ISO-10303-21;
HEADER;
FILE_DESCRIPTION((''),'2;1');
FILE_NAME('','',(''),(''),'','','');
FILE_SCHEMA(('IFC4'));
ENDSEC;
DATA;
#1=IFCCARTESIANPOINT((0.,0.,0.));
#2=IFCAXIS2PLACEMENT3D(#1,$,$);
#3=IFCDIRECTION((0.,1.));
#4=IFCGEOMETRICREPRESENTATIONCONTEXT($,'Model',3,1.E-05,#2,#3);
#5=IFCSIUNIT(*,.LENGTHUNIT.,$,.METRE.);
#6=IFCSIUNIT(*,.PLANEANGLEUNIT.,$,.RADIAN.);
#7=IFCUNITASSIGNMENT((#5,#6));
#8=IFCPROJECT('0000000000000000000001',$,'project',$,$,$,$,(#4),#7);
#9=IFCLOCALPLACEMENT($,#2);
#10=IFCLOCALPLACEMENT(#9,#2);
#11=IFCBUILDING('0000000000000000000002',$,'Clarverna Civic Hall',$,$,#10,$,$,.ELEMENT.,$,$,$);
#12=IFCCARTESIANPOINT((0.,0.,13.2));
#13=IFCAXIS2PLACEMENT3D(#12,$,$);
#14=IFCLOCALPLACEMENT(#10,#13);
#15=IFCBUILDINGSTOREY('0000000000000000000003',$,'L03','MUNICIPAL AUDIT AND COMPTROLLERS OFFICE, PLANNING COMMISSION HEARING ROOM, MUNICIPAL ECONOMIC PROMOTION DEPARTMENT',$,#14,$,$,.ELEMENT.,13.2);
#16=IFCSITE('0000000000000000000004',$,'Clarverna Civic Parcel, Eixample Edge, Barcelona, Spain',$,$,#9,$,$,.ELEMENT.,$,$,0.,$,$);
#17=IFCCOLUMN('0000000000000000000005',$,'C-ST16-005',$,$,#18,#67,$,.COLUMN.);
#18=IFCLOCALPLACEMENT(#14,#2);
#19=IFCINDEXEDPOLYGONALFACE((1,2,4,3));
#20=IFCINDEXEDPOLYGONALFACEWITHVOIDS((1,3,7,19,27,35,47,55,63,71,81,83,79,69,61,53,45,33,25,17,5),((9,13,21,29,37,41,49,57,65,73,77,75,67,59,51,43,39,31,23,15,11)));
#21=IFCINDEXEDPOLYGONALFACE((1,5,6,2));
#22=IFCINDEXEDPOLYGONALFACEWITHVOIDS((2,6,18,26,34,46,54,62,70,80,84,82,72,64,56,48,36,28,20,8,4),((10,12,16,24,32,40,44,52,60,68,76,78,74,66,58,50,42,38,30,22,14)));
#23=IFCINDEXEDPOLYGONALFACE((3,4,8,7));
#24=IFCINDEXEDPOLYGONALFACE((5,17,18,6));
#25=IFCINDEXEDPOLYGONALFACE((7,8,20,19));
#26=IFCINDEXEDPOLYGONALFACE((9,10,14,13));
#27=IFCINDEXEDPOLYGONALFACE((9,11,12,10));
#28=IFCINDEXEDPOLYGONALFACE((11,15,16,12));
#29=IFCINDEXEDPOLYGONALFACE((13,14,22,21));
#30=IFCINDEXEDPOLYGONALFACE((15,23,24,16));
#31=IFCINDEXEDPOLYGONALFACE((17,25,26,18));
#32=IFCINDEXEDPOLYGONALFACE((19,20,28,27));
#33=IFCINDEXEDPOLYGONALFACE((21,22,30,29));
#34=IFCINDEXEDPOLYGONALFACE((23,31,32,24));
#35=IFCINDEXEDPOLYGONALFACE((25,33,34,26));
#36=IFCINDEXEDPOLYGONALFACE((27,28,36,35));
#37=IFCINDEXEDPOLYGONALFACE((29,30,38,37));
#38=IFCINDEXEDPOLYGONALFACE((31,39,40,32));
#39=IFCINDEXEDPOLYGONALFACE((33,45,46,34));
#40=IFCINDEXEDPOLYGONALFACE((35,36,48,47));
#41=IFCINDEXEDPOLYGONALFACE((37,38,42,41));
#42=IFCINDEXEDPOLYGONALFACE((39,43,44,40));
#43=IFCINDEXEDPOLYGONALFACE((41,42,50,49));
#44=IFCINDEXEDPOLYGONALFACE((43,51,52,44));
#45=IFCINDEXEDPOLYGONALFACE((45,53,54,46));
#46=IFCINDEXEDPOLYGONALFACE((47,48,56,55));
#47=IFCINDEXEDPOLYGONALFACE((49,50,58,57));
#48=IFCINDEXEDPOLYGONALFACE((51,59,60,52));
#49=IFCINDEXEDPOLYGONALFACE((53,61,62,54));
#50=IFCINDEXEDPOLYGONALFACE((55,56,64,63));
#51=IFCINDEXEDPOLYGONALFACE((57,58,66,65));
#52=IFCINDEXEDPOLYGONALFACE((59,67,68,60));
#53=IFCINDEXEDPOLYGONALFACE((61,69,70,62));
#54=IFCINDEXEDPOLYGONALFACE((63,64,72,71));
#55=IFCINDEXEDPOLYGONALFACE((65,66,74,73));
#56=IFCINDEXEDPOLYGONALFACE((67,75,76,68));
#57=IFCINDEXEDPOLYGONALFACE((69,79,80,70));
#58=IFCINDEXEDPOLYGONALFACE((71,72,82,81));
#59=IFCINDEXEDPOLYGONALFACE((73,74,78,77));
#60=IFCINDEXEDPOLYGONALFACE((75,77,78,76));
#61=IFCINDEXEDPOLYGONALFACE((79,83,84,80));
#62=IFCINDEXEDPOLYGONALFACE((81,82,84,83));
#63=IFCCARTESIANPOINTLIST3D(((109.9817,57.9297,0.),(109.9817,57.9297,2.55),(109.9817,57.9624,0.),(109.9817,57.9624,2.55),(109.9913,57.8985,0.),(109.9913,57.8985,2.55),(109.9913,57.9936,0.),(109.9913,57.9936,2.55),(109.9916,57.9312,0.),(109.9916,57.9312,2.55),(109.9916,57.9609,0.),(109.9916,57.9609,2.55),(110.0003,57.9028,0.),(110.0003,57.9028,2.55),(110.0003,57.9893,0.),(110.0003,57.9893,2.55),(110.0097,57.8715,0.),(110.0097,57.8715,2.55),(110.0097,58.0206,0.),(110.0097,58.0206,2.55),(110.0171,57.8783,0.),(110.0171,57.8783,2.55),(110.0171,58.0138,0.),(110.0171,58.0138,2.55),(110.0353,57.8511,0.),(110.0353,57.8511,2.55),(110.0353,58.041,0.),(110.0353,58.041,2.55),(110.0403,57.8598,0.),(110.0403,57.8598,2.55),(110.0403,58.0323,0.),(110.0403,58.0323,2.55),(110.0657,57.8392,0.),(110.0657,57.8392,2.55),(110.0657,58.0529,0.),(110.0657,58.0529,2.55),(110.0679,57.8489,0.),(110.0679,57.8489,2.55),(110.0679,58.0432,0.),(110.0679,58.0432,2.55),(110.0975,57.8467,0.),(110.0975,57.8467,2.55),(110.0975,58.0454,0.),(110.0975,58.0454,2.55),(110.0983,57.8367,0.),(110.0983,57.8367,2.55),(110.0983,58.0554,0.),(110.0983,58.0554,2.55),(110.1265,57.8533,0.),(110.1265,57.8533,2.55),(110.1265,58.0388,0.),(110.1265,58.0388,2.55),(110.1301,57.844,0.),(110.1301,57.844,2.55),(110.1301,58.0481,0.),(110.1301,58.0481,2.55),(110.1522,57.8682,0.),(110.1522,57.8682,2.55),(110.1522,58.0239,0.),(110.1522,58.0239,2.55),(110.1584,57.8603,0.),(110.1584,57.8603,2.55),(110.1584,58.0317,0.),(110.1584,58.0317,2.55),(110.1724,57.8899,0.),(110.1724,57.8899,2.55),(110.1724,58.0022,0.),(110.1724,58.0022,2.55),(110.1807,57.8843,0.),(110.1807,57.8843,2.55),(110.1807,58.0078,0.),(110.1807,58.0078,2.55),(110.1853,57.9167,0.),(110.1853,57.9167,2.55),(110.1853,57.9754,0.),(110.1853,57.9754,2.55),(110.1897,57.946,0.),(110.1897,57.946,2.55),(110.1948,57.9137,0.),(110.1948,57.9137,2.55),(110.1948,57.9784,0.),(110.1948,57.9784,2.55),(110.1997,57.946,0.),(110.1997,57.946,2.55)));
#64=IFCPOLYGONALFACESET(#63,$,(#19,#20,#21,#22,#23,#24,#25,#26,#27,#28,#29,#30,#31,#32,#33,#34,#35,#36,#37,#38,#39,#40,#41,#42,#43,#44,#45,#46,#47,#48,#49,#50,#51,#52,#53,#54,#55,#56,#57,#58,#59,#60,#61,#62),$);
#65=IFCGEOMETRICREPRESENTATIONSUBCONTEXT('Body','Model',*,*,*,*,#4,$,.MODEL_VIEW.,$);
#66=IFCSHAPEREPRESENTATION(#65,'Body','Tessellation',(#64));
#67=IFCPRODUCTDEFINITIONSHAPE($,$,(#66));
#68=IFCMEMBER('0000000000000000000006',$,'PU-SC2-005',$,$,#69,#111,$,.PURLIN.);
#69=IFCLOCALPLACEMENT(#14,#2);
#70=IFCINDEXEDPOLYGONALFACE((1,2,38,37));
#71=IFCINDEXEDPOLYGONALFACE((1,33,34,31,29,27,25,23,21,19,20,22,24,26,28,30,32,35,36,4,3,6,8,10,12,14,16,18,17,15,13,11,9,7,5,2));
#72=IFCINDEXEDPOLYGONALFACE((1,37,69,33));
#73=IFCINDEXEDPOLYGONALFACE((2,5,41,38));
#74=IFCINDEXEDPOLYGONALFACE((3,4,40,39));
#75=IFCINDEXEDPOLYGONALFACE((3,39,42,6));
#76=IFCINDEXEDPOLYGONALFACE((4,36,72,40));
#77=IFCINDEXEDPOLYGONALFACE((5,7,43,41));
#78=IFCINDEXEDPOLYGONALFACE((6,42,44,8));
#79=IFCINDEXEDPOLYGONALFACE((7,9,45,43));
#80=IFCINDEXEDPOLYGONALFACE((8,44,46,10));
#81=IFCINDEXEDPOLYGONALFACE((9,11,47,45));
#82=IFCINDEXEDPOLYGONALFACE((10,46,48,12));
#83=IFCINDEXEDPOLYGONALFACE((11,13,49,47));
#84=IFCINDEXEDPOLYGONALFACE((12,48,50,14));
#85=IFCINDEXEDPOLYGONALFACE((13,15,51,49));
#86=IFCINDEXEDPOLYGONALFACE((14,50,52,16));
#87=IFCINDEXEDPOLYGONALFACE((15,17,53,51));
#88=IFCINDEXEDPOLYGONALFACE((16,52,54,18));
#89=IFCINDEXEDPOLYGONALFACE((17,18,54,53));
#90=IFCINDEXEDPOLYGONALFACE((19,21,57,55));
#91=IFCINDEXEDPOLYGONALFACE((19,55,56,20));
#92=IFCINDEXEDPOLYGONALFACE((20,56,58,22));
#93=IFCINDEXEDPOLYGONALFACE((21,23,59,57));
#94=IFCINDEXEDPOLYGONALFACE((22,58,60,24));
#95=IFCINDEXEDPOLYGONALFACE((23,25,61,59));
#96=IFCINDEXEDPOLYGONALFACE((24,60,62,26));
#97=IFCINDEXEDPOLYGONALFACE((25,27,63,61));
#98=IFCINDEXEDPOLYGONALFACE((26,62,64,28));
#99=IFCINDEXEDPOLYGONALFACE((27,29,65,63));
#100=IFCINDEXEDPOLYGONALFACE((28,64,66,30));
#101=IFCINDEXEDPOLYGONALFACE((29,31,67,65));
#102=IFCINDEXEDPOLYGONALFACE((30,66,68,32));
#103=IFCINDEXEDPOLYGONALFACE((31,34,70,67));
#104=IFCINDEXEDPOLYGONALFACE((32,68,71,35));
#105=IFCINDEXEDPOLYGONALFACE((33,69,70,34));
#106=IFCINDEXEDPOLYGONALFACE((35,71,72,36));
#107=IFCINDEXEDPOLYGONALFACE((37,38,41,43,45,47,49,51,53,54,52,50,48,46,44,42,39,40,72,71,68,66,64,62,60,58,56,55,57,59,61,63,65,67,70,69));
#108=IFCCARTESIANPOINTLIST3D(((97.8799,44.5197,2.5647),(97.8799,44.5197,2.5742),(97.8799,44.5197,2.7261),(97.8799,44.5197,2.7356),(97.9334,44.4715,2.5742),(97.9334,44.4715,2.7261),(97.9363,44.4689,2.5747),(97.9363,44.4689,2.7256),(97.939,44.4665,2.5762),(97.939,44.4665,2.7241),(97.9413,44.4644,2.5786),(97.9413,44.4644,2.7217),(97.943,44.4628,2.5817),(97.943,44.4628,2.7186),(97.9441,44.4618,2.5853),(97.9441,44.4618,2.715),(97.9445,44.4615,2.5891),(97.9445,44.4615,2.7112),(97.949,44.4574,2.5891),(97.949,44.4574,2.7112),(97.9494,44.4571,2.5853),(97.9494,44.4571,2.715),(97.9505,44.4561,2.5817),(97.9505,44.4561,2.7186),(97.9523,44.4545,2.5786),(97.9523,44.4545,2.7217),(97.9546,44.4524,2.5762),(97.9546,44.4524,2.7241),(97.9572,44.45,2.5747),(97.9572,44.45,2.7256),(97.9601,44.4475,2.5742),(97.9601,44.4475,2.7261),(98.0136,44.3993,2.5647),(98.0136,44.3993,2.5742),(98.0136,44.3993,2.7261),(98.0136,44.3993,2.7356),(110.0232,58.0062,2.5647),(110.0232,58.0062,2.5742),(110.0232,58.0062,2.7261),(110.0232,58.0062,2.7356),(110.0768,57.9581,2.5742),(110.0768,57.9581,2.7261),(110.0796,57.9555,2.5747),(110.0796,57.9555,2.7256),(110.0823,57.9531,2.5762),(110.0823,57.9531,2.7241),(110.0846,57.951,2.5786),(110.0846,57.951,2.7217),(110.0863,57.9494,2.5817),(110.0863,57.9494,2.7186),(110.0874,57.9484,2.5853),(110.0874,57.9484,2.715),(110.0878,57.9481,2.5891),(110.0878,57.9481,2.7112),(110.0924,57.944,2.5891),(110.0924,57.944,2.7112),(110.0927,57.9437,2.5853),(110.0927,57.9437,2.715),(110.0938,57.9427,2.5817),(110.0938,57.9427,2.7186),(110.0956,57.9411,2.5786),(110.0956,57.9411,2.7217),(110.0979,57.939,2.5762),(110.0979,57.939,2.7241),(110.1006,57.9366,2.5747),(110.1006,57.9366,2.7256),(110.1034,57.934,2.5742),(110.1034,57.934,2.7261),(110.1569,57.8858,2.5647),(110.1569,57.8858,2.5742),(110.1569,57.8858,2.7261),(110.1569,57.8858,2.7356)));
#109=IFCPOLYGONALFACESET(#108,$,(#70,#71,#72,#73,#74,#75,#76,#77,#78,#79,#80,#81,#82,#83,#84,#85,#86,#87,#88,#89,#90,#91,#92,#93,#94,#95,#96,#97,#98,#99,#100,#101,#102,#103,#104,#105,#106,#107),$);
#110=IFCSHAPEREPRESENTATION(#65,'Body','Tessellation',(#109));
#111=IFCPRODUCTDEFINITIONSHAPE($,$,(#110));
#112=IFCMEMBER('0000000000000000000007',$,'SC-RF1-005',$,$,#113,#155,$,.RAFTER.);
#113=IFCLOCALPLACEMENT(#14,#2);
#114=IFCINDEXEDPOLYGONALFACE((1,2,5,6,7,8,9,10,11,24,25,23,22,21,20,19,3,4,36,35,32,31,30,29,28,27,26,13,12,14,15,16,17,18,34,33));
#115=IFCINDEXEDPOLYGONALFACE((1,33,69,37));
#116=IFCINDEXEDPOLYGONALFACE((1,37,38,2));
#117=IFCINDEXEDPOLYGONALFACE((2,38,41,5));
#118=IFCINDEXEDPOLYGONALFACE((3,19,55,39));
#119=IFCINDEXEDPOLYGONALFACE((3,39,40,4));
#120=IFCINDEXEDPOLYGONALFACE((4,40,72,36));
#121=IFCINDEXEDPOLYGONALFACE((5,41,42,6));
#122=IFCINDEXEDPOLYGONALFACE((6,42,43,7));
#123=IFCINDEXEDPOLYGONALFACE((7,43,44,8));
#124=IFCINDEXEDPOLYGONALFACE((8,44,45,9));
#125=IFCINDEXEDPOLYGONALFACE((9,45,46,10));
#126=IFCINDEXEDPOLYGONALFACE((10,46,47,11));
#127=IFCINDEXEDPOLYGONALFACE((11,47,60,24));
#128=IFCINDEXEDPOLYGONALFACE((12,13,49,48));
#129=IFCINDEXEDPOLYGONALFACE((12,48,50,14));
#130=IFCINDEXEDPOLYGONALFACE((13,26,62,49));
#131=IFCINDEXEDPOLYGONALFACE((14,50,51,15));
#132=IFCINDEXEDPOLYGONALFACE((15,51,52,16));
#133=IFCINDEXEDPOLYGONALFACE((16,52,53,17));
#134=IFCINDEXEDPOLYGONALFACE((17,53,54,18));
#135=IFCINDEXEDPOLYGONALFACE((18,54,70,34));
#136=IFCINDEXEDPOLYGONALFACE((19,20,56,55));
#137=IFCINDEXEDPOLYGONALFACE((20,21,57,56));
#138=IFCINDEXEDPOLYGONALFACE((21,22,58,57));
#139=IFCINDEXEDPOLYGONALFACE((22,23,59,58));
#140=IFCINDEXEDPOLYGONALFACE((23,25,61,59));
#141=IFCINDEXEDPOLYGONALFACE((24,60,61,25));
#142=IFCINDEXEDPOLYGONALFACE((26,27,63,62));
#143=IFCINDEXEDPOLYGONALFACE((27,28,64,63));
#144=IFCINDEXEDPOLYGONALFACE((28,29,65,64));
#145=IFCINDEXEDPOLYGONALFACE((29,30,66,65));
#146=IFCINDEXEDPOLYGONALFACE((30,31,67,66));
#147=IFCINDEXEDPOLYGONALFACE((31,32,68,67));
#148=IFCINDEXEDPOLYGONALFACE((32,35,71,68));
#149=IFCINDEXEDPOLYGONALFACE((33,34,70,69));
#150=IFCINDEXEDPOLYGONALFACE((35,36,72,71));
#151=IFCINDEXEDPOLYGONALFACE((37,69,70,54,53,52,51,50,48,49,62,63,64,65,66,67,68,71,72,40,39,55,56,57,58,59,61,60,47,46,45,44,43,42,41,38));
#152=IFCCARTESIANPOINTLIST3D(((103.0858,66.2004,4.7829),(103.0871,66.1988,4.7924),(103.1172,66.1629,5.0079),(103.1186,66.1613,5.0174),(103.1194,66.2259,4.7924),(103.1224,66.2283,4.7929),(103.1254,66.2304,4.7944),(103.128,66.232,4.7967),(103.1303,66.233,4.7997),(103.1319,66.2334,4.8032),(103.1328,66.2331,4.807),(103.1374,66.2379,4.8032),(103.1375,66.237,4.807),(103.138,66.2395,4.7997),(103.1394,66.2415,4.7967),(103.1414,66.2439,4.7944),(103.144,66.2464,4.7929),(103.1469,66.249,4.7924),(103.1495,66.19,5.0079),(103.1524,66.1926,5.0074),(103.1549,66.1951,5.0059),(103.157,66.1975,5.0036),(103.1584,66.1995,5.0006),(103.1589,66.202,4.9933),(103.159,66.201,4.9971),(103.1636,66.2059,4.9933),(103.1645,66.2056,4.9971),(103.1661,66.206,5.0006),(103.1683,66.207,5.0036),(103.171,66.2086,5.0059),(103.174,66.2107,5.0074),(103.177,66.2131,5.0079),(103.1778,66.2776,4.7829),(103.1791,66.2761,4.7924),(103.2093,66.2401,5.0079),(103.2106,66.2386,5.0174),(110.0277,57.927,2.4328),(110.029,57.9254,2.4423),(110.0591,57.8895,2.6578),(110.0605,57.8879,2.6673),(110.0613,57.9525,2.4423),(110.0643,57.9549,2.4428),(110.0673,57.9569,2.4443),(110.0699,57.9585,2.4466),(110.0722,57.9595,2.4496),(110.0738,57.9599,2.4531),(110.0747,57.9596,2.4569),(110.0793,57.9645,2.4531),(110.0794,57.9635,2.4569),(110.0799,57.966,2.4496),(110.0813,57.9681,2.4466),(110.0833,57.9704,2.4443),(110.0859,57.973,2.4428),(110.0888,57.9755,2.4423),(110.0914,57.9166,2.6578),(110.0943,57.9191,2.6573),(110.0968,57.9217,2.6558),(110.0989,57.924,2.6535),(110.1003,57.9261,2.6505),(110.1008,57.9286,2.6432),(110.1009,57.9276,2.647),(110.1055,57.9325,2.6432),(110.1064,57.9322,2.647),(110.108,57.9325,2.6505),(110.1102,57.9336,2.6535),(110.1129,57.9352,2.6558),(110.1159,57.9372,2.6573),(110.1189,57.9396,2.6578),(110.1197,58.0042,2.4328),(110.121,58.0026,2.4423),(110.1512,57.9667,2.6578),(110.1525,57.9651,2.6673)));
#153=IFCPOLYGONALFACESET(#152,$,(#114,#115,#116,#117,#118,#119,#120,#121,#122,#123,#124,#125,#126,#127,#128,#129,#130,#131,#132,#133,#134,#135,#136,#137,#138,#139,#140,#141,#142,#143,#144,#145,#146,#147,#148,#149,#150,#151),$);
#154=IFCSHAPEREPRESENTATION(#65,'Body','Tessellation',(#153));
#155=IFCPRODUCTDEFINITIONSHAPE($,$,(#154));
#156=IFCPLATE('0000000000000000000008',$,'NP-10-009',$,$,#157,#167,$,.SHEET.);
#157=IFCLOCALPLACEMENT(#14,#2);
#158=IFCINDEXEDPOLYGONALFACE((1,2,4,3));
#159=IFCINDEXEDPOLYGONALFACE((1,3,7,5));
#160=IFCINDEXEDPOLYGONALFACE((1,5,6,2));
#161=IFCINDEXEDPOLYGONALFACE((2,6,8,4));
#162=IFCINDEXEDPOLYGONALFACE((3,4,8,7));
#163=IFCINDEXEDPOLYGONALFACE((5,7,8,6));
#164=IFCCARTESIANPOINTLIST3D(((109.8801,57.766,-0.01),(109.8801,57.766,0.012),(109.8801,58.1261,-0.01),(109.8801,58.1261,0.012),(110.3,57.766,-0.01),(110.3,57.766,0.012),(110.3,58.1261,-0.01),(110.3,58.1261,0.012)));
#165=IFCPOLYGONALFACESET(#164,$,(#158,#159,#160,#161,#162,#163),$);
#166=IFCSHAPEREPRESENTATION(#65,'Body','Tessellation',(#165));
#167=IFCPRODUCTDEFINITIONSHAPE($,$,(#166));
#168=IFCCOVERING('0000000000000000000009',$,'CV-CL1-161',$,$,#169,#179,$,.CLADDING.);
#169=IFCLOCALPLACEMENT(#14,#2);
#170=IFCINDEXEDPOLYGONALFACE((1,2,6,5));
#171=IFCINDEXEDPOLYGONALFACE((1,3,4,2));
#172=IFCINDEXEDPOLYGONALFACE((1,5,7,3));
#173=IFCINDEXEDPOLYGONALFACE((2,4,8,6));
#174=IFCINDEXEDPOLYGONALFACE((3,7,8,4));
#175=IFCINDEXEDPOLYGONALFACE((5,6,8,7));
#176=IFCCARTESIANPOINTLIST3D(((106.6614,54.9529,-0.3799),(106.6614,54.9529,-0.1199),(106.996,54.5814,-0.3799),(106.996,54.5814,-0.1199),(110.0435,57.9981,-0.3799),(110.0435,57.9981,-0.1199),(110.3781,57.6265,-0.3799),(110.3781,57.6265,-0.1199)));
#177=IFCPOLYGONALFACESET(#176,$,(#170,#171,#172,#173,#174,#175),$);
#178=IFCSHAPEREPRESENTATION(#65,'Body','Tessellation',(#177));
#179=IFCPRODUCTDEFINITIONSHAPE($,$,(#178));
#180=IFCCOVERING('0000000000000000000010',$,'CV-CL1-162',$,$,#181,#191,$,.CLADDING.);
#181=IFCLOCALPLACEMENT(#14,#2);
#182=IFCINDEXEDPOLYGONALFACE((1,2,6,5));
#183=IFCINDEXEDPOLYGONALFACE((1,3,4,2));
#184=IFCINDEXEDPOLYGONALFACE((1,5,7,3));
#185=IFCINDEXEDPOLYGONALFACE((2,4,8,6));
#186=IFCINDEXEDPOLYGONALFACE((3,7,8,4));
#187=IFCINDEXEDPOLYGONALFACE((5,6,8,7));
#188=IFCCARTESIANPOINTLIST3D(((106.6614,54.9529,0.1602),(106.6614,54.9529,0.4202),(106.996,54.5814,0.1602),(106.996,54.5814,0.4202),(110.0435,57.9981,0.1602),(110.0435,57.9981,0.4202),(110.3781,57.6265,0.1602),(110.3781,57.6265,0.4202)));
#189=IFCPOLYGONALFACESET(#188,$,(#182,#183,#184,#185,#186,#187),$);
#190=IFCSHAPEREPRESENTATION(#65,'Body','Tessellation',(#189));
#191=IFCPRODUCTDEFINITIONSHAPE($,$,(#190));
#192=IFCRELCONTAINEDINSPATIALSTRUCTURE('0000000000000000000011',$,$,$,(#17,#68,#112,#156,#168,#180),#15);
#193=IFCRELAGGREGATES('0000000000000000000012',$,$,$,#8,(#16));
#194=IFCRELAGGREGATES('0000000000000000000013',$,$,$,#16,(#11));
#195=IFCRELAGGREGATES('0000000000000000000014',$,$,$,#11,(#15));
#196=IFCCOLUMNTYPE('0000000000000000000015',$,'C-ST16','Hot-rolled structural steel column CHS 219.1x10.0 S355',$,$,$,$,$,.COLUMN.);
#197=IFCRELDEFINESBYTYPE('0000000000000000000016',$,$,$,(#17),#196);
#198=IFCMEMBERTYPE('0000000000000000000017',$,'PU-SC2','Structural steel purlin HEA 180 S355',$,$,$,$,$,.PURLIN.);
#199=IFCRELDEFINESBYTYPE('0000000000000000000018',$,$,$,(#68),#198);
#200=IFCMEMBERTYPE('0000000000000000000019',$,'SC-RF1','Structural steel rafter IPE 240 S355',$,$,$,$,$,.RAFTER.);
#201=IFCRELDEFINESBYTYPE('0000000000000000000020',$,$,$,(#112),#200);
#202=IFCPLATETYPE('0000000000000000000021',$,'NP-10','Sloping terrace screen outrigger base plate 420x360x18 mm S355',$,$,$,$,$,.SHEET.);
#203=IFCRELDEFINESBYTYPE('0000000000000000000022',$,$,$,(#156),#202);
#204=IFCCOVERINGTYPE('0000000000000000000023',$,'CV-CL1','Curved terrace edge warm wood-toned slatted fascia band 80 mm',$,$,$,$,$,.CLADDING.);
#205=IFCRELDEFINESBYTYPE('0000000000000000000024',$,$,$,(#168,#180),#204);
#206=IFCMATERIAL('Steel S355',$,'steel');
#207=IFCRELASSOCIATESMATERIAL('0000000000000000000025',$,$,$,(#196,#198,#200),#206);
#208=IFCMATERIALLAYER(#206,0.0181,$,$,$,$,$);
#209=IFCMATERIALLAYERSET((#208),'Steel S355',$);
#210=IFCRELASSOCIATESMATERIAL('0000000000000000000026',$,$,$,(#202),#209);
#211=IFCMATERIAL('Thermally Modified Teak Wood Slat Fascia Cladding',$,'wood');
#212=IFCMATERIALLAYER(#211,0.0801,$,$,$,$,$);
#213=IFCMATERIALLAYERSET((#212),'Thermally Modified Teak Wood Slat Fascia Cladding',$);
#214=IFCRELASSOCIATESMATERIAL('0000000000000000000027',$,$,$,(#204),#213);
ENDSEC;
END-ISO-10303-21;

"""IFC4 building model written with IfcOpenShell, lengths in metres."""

from ifc_helpers import new_model, si_unit, direction, frame, frame_2d, origin, origin_2d, place, context, subcontext, project, spatial, rectangle, hollow_circle, i_section, extrude, material, layer, layer_set, material_profile, profile_set, type_object, element, save


model = new_model("IFC4")

# Units and contexts
model_context = context("Model", 3, precision=1e-05, world=origin(), true_north=direction((0.0, 1.0)))
body_context = subcontext(model_context, "Body", "Model", "MODEL_VIEW")
ifc_project = project(units=[si_unit("LENGTHUNIT", "METRE"), si_unit("PLANEANGLEUNIT", "RADIAN")], contexts=[model_context])

# Site, building, storey
site_placement = place(None, origin())
site = spatial("IfcSite", under=ifc_project, at=site_placement, Name="Clarverna Civic Parcel, Eixample Edge, Barcelona, Spain", CompositionType="ELEMENT", RefElevation=0.0)
building_placement = place(site_placement, origin())
building = spatial("IfcBuilding", under=site, at=building_placement, Name="Clarverna Civic Hall", CompositionType="ELEMENT")
storey_placement = place(building_placement, frame((0.0, 0.0, 13.2)))
storey = spatial("IfcBuildingStorey", under=building, at=storey_placement, Name="L03", Description="MUNICIPAL AUDIT AND COMPTROLLERS OFFICE, PLANNING COMMISSION HEARING ROOM, MUNICIPAL ECONOMIC PROMOTION DEPARTMENT", CompositionType="ELEMENT", Elevation=13.2)

# Column
ifc_material_1 = material(Name="Steel S355", Category="steel")
ifc_material_profile_1 = material_profile(ifc_material_1, hollow_circle(Radius=0.1096, WallThickness=0.01, at=origin_2d()), Name="CHS 219.1x10.0")
ifc_profile_set_1 = profile_set([ifc_material_profile_1], Name="Steel S355")
column_type = type_object("IfcColumnType", Name="C-ST16", Description="Hot-rolled structural steel column CHS 219.1x10.0 S355", PredefinedType="COLUMN", material=ifc_profile_set_1)
column_placement = place(storey_placement, frame((110.0901, 57.946, 0.0), z_axis=(0.0, 0.0, 1.0), x_axis=(1.0, 0.0, 0.0)))
element("IfcColumn", 1, at=column_placement, inside=storey, type_object=column_type, Name="C-ST16-005", PredefinedType="COLUMN", context=body_context, shape_type="SweptSolid", body=[
    extrude(hollow_circle(Radius=0.1096, WallThickness=0.01, at=origin_2d()), origin(), (0.0, 0.0, 1.0), 2.55),
])

# Members
ifc_material_profile_2 = material_profile(ifc_material_1, i_section(OverallWidth=0.1799, OverallDepth=0.1709, WebThickness=0.0061, FlangeThickness=0.0095, FilletRadius=0.0149, at=origin_2d()), Name="HEA 180")
ifc_profile_set_2 = profile_set([ifc_material_profile_2], Name="Steel S355")
member_type_1 = type_object("IfcMemberType", Name="PU-SC2", Description="Structural steel purlin HEA 180 S355", PredefinedType="PURLIN", material=ifc_profile_set_2)
member_1_placement = place(storey_placement, frame((110.0901, 57.946, 2.6501), z_axis=(-0.669129, -0.743146, 0.0), x_axis=(0.743146, -0.669129, 0.0)))
element("IfcMember", 2, at=member_1_placement, inside=storey, type_object=member_type_1, Name="PU-SC2-005", PredefinedType="PURLIN", context=body_context, shape_type="SweptSolid", body=[
    extrude(i_section(OverallWidth=0.1799, OverallDepth=0.1709, WebThickness=0.0061, FlangeThickness=0.0095, FilletRadius=0.0149, at=origin_2d()), origin(), (0.0, 0.0, 1.0), 18.1479),
])
ifc_material_profile_3 = material_profile(ifc_material_1, i_section(OverallWidth=0.1201, OverallDepth=0.24, WebThickness=0.0061, FlangeThickness=0.0098, FilletRadius=0.0149, at=origin_2d()), Name="IPE 240")
ifc_profile_set_3 = profile_set([ifc_material_profile_3], Name="Steel S355")
member_type_2 = type_object("IfcMemberType", Name="SC-RF1", Description="Structural steel rafter IPE 240 S355", PredefinedType="RAFTER", material=ifc_profile_set_3)
member_2_placement = place(storey_placement, frame((110.0901, 57.946, 2.55), z_axis=(-0.628071, 0.748543, 0.212626), x_axis=(-0.76606, -0.642769, 0.0)))
element("IfcMember", 3, at=member_2_placement, inside=storey, type_object=member_type_2, Name="SC-RF1-005", PredefinedType="RAFTER", context=body_context, shape_type="SweptSolid", body=[
    extrude(i_section(OverallWidth=0.1201, OverallDepth=0.24, WebThickness=0.0061, FlangeThickness=0.0098, FilletRadius=0.0149, at=origin_2d()), origin(), (0.0, 0.0, 1.0), 11.0527),
])

# Plate
ifc_layer_1 = layer(ifc_material_1, 0.0181)
ifc_layer_set_1 = layer_set([ifc_layer_1], Name="Steel S355")
plate_type = type_object("IfcPlateType", Name="NP-10", Description="Sloping terrace screen outrigger base plate 420x360x18 mm S355", PredefinedType="SHEET", material=ifc_layer_set_1)
plate_placement = place(storey_placement, frame((110.0901, 57.946, -0.01), z_axis=(0.0, 0.0, 1.0), x_axis=(1.0, 0.0, 0.0)))
element("IfcPlate", 4, at=plate_placement, inside=storey, type_object=plate_type, Name="NP-10-009", PredefinedType="SHEET", context=body_context, shape_type="SweptSolid", body=[
    extrude(rectangle(XDim=0.4199, YDim=0.3601, at=origin_2d()), origin(), (0.0, 0.0, 1.0), 0.022),
])

# Coverings
ifc_material_2 = material(Name="Thermally Modified Teak Wood Slat Fascia Cladding", Category="wood")
ifc_layer_2 = layer(ifc_material_2, 0.0801)
ifc_layer_set_2 = layer_set([ifc_layer_2], Name="Thermally Modified Teak Wood Slat Fascia Cladding")
covering_type = type_object("IfcCoveringType", Name="CV-CL1", Description="Curved terrace edge warm wood-toned slatted fascia band 80 mm", PredefinedType="CLADDING", material=ifc_layer_set_2)
for number, where, z_axis, x_axis, name in (
    (5, (110.2107, 57.8123, -0.3799), (0.0, 0.0, 1.0), (-0.743153, -0.669122, 0.0), "CV-CL1-161"),
    (6, (110.2107, 57.8123, 0.1602), (0.0, 0.0, 1.0), (-0.743153, -0.669122, 0.0), "CV-CL1-162"),
):
    element("IfcCovering", number, at=place(storey_placement, frame(where, z_axis=z_axis, x_axis=x_axis)), inside=storey, type_object=covering_type, Name=name, PredefinedType="CLADDING", context=body_context, shape_type="SweptSolid", body=[
        extrude(rectangle(XDim=4.551, YDim=0.5, at=frame_2d((2.2754, 0.0))), origin(), (0.0, 0.0, 1.0), 0.26),
    ])

save(model, "model.ifc")
